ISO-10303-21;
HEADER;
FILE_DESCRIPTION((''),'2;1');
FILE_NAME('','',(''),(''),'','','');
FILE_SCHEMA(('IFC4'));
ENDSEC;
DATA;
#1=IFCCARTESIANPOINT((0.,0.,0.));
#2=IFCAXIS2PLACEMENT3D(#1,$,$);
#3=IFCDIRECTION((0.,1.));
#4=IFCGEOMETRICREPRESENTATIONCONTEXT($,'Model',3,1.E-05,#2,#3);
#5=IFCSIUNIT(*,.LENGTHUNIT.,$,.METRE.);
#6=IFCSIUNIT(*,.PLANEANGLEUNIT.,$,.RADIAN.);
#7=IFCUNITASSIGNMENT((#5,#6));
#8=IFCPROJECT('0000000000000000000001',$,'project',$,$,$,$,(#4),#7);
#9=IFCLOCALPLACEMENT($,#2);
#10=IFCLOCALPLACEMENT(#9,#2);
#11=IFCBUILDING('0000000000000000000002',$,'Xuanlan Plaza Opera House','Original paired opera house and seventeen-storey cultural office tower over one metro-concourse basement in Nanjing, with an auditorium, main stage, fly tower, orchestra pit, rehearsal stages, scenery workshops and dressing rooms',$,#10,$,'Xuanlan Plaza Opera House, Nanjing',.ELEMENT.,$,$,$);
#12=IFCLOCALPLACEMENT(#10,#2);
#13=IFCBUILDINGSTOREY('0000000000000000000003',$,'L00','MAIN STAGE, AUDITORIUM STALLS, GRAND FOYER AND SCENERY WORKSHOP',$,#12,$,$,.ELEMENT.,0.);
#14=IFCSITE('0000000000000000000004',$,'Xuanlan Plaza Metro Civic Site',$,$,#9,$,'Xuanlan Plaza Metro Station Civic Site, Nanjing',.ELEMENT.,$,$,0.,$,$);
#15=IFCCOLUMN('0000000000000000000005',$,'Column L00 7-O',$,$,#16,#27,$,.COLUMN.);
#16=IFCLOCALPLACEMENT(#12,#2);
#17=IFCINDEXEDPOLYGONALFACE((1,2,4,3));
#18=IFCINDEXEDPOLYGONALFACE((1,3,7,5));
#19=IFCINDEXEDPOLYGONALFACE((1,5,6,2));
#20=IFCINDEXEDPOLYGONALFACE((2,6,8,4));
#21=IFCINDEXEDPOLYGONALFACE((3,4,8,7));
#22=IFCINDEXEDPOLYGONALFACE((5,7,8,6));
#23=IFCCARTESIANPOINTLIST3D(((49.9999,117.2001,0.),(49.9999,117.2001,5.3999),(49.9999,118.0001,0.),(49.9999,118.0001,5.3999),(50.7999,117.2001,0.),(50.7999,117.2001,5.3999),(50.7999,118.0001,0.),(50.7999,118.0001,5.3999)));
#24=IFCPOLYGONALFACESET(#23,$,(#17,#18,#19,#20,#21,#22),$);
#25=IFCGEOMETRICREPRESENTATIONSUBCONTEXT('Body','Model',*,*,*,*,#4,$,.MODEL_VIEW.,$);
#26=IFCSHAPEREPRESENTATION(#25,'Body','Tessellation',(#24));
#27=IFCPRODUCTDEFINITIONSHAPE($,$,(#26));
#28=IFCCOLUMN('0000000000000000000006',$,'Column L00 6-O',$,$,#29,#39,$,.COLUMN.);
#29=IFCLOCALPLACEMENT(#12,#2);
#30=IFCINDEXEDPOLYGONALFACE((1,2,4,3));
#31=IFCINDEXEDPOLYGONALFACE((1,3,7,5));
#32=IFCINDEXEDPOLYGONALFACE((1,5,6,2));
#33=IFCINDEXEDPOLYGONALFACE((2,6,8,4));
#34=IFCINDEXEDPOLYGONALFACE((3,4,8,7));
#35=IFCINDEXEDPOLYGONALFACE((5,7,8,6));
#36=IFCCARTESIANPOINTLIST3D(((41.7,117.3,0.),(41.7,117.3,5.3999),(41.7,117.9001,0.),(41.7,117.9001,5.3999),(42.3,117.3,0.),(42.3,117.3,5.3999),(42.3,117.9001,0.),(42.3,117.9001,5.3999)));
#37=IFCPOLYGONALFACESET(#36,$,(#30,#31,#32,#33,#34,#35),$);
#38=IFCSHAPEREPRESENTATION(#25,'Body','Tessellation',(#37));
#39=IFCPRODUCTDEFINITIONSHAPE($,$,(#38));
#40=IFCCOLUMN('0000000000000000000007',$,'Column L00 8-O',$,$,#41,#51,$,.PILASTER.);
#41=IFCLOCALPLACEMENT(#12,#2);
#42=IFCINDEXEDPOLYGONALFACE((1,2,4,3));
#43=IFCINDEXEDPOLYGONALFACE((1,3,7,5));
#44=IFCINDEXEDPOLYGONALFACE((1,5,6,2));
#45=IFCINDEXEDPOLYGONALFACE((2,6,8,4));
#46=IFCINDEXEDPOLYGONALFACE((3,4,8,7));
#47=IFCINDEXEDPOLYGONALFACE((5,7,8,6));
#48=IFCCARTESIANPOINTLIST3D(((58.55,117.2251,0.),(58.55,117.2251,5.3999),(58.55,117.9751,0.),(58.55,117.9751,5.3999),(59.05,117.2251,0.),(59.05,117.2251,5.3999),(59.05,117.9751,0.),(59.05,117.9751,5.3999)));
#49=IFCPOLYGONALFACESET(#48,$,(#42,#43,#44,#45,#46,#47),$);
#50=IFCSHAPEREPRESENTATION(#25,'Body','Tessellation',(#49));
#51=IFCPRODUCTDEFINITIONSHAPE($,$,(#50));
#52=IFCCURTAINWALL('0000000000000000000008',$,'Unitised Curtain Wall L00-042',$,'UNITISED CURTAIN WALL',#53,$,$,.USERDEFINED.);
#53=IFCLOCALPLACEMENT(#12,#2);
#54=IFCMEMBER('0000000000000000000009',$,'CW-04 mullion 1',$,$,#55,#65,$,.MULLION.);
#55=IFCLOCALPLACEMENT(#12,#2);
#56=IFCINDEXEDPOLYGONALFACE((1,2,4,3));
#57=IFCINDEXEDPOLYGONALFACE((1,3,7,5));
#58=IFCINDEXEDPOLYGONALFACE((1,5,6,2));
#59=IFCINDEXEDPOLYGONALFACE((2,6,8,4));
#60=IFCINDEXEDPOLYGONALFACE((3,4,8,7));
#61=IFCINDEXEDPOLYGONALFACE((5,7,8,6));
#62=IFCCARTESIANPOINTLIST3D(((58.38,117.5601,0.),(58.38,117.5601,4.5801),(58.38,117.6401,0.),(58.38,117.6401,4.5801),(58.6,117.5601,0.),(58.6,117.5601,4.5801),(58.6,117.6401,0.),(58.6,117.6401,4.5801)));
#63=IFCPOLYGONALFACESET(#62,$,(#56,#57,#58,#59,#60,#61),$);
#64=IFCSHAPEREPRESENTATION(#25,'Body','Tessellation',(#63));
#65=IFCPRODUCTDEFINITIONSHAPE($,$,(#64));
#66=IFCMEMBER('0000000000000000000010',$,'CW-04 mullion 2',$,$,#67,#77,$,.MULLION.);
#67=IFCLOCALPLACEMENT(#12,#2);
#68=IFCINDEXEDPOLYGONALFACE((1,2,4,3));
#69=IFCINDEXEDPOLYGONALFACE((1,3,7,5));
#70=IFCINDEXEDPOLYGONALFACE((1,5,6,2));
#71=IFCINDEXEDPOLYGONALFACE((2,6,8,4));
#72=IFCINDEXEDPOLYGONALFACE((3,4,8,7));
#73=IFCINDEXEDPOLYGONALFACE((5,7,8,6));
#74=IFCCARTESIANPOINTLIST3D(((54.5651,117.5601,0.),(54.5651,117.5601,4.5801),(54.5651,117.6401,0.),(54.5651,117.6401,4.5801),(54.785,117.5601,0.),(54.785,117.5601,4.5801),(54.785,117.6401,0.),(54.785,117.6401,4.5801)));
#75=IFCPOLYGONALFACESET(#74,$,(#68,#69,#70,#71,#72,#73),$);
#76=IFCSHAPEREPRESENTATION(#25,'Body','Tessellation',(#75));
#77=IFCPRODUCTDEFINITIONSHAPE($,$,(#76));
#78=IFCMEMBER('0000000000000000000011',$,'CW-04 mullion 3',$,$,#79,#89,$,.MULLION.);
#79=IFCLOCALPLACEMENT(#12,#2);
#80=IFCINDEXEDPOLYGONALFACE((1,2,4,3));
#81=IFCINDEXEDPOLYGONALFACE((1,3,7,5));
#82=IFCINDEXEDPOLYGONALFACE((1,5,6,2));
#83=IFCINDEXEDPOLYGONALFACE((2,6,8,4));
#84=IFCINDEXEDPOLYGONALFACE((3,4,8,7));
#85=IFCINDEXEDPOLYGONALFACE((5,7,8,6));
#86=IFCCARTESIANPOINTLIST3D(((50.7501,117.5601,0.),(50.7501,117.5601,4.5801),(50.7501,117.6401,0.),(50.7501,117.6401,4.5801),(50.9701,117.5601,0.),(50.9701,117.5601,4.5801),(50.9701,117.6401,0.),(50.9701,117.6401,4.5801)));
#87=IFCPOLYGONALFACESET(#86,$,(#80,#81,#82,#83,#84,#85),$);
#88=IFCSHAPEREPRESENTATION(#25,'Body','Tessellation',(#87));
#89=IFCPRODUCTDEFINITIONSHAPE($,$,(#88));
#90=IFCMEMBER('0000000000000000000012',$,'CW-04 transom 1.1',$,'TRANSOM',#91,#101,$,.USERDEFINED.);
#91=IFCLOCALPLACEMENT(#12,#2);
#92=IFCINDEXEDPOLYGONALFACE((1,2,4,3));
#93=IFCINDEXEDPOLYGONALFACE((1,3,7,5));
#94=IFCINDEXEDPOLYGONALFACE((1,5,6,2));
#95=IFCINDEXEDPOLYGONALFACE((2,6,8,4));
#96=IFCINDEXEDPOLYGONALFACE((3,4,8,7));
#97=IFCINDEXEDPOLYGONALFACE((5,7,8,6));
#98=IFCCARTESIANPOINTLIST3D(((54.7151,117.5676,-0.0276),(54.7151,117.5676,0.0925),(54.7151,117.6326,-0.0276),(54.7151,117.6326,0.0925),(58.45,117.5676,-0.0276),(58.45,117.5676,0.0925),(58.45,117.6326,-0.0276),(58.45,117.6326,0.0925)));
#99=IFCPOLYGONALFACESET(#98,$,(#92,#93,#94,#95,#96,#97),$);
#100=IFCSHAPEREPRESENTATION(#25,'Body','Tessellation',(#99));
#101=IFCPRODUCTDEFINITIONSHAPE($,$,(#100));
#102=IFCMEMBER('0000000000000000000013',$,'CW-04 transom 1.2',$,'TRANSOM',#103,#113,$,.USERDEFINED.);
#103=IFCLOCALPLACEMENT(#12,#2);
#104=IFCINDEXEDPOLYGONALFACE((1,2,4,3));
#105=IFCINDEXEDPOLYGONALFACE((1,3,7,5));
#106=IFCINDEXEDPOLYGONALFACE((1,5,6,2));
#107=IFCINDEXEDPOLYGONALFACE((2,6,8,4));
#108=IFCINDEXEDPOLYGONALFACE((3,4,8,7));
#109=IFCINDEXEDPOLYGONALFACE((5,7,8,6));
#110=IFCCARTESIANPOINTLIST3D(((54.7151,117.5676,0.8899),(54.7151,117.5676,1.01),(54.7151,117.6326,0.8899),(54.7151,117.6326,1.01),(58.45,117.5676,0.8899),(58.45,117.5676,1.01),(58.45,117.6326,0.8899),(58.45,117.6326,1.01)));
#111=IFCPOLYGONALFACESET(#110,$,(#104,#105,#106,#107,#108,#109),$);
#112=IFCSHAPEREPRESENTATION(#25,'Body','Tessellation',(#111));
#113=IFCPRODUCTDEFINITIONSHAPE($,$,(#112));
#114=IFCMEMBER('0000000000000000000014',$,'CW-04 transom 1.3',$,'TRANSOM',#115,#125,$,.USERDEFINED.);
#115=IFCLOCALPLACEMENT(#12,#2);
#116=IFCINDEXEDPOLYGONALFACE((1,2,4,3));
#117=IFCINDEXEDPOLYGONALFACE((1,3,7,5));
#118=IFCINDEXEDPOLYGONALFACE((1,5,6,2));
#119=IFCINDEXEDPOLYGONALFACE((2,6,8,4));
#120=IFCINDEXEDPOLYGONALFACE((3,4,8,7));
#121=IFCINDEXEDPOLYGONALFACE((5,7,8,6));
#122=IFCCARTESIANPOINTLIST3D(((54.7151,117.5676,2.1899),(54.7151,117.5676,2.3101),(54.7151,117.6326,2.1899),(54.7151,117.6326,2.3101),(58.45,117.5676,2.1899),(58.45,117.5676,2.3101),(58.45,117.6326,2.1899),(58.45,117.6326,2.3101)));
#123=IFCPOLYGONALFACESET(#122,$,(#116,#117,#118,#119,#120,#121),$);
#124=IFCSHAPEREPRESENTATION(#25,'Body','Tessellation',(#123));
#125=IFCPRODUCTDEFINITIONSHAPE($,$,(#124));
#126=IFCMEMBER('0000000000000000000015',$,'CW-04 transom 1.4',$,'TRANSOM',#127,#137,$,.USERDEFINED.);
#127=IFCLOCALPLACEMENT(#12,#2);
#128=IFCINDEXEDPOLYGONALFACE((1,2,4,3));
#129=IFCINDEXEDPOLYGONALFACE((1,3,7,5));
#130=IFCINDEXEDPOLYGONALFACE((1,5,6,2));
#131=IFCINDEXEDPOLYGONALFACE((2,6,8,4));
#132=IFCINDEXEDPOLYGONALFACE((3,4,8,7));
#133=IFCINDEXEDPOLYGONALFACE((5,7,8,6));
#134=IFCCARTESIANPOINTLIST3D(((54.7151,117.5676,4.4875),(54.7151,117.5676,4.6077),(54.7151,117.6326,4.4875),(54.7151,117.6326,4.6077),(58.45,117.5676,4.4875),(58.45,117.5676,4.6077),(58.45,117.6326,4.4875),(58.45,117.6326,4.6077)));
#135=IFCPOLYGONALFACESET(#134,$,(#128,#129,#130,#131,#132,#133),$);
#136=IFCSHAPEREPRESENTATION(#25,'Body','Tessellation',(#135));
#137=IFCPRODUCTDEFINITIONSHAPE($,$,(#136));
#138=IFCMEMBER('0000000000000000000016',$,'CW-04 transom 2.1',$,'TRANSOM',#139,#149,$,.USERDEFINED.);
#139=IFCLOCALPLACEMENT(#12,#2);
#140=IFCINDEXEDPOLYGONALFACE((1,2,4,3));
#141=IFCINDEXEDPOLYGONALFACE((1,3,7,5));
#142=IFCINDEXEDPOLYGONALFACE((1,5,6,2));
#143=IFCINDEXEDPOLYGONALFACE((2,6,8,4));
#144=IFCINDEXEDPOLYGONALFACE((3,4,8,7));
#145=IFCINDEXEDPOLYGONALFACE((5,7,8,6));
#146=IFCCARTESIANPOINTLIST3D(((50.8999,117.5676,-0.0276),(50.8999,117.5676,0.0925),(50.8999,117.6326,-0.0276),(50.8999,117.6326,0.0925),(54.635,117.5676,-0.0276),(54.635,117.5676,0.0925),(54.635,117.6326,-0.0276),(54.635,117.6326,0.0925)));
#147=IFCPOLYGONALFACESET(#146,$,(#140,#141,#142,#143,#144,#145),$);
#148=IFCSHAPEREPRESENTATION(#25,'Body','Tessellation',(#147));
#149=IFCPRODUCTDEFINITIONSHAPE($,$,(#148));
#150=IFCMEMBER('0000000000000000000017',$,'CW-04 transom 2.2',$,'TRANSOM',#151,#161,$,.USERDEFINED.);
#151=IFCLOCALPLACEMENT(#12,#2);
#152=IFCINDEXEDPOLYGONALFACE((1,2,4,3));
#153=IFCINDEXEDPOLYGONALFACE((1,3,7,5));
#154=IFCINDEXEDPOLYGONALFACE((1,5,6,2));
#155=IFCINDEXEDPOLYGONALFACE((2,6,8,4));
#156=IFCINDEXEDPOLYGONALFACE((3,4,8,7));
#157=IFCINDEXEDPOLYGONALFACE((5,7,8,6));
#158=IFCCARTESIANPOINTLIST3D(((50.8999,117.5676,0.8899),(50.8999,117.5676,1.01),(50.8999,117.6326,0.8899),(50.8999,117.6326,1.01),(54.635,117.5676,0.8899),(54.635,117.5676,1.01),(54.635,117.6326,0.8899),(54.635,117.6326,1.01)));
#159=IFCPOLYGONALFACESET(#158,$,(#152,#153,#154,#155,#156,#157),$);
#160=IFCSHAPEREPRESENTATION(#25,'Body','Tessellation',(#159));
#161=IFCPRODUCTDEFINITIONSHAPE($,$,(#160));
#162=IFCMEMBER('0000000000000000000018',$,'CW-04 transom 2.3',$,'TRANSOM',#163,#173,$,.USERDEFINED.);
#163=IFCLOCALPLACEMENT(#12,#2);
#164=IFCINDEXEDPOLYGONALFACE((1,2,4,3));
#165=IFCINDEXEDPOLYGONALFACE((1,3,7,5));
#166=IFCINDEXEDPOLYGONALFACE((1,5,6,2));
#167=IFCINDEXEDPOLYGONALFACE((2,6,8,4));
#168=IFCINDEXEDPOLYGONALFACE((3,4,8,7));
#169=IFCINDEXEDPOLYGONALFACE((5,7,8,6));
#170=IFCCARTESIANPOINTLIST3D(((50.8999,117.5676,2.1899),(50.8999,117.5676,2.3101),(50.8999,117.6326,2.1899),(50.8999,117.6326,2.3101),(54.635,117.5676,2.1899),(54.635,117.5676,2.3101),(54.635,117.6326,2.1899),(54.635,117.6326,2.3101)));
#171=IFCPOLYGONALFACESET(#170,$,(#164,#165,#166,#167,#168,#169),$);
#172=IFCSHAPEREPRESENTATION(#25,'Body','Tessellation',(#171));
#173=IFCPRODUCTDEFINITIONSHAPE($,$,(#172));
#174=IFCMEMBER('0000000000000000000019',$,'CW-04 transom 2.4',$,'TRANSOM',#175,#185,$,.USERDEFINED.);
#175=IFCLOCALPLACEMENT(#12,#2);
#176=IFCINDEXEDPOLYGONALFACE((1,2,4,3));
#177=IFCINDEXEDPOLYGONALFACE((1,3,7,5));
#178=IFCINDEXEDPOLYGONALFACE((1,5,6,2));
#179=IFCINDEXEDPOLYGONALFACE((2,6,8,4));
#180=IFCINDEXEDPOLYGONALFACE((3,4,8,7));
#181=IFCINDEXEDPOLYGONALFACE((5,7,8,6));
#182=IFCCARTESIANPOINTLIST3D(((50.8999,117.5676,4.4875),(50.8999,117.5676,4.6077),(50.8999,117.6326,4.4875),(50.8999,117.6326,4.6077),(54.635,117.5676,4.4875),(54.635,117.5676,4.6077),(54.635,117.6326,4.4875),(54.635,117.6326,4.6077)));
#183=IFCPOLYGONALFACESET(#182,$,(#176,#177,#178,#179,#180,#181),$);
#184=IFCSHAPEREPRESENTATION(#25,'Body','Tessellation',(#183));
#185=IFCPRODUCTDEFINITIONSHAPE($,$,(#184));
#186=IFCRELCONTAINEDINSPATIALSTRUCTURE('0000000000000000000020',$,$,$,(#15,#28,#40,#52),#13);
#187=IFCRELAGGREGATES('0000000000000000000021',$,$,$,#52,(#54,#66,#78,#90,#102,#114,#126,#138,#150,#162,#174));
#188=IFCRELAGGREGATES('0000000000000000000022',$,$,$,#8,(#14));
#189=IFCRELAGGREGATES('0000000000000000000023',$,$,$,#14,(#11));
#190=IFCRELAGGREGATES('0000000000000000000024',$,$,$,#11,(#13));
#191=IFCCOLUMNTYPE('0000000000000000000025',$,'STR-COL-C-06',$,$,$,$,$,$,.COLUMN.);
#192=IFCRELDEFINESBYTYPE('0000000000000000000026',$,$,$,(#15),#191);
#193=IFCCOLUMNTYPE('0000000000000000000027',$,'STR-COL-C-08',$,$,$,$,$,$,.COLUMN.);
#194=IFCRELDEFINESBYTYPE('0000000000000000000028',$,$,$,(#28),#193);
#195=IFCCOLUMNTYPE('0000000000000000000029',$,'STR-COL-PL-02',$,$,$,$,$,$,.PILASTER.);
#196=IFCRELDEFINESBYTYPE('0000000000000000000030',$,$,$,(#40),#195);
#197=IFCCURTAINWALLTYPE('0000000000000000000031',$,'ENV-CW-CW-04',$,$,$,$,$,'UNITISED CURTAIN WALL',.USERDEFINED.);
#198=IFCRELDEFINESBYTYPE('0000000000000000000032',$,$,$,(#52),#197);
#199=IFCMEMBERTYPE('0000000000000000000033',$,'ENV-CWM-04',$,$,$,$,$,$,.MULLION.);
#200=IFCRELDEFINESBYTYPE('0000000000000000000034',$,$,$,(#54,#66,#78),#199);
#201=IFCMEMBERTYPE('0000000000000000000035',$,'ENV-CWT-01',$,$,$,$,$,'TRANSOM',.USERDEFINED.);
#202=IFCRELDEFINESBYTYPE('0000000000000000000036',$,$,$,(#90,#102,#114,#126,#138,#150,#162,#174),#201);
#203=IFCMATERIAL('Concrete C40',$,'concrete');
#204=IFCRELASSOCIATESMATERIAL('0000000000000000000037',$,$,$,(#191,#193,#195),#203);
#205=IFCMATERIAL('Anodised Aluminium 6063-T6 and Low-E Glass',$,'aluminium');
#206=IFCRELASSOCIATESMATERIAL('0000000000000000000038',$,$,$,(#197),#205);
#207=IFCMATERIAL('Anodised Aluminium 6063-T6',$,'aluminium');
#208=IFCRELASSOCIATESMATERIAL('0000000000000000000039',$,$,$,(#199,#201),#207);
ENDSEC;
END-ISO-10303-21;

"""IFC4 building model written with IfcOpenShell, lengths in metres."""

from ifc_helpers import new_model, si_unit, direction, frame, origin, origin_2d, place, context, subcontext, project, spatial, rectangle, extrude, material, material_profile, profile_set, type_object, element, aggregate, save


model = new_model("IFC4")

# Units and contexts
model_context = context("Model", 3, precision=1e-05, world=origin(), true_north=direction((0.0, 1.0)))
body_context = subcontext(model_context, "Body", "Model", "MODEL_VIEW")
ifc_project = project(units=[si_unit("LENGTHUNIT", "METRE"), si_unit("PLANEANGLEUNIT", "RADIAN")], contexts=[model_context])

# Site, building, storey
site_placement = place(None, origin())
site = spatial("IfcSite", under=ifc_project, at=site_placement, Name="Xuanlan Plaza Metro Civic Site", LongName="Xuanlan Plaza Metro Station Civic Site, Nanjing", CompositionType="ELEMENT", RefElevation=0.0)
building_placement = place(site_placement, origin())
building = spatial("IfcBuilding", under=site, at=building_placement, Name="Xuanlan Plaza Opera House", Description="Original paired opera house and seventeen-storey cultural office tower over one metro-concourse basement in Nanjing, with an auditorium, main stage, fly tower, orchestra pit, rehearsal stages, scenery workshops and dressing rooms", LongName="Xuanlan Plaza Opera House, Nanjing", CompositionType="ELEMENT")
storey_placement = place(building_placement, origin())
storey = spatial("IfcBuildingStorey", under=building, at=storey_placement, Name="L00", Description="MAIN STAGE, AUDITORIUM STALLS, GRAND FOYER AND SCENERY WORKSHOP", CompositionType="ELEMENT", Elevation=0.0)

# Columns
ifc_material_1 = material(Name="Concrete C40", Category="concrete")
ifc_material_profile_1 = material_profile(ifc_material_1, rectangle(XDim=0.8, YDim=0.8, at=origin_2d()), Name="RC-COL 800x800")
ifc_profile_set_1 = profile_set([ifc_material_profile_1], Name="Concrete C40")
column_type_1 = type_object("IfcColumnType", Name="STR-COL-C-06", PredefinedType="COLUMN", material=ifc_profile_set_1)
column_1_placement = place(storey_placement, frame((50.3999, 117.6001, 0.0), z_axis=(0.0, 0.0, 1.0), x_axis=(1.0, 0.0, 0.0)))
element("IfcColumn", 1, at=column_1_placement, inside=storey, type_object=column_type_1, Name="Column L00 7-O", PredefinedType="COLUMN", context=body_context, shape_type="SweptSolid", body=[
    extrude(rectangle(XDim=0.8, YDim=0.8, at=origin_2d()), origin(), (0.0, 0.0, 1.0), 5.3999),
])
ifc_material_profile_2 = material_profile(ifc_material_1, rectangle(XDim=0.6001, YDim=0.6001, at=origin_2d()), Name="RC-COL 600x600")
ifc_profile_set_2 = profile_set([ifc_material_profile_2], Name="Concrete C40")
column_type_2 = type_object("IfcColumnType", Name="STR-COL-C-08", PredefinedType="COLUMN", material=ifc_profile_set_2)
column_2_placement = place(storey_placement, frame((42.0, 117.6001, 0.0), z_axis=(0.0, 0.0, 1.0), x_axis=(1.0, 0.0, 0.0)))
element("IfcColumn", 2, at=column_2_placement, inside=storey, type_object=column_type_2, Name="Column L00 6-O", PredefinedType="COLUMN", context=body_context, shape_type="SweptSolid", body=[
    extrude(rectangle(XDim=0.6001, YDim=0.6001, at=origin_2d()), origin(), (0.0, 0.0, 1.0), 5.3999),
])
ifc_material_profile_3 = material_profile(ifc_material_1, rectangle(XDim=0.5, YDim=0.75, at=origin_2d()), Name="RC-PIL 500x750")
ifc_profile_set_3 = profile_set([ifc_material_profile_3], Name="Concrete C40")
column_type_3 = type_object("IfcColumnType", Name="STR-COL-PL-02", PredefinedType="PILASTER", material=ifc_profile_set_3)
column_3_placement = place(storey_placement, frame((58.8, 117.6001, 0.0), z_axis=(0.0, 0.0, 1.0), x_axis=(1.0, 0.0, 0.0)))
element("IfcColumn", 3, at=column_3_placement, inside=storey, type_object=column_type_3, Name="Column L00 8-O", PredefinedType="PILASTER", context=body_context, shape_type="SweptSolid", body=[
    extrude(rectangle(XDim=0.5, YDim=0.75, at=origin_2d()), origin(), (0.0, 0.0, 1.0), 5.3999),
])

# Curtain wall, members
ifc_material_2 = material(Name="Anodised Aluminium 6063-T6 and Low-E Glass", Category="aluminium")
curtain_wall_type = type_object("IfcCurtainWallType", Name="ENV-CW-CW-04", ElementType="UNITISED CURTAIN WALL", PredefinedType="USERDEFINED", material=ifc_material_2)
curtain_wall_placement = place(storey_placement, origin())
curtain_wall = element("IfcCurtainWall", 4, at=curtain_wall_placement, inside=storey, type_object=curtain_wall_type, Name="Unitised Curtain Wall L00-042", ObjectType="UNITISED CURTAIN WALL", PredefinedType="USERDEFINED")
ifc_material_3 = material(Name="Anodised Aluminium 6063-T6", Category="aluminium")
ifc_material_profile_4 = material_profile(ifc_material_3, rectangle(XDim=0.0801, YDim=0.22, at=origin_2d()), Name="ALU-M 80x220")
ifc_profile_set_4 = profile_set([ifc_material_profile_4], Name="Anodised Aluminium 6063-T6")
member_type_1 = type_object("IfcMemberType", Name="ENV-CWM-04", PredefinedType="MULLION", material=ifc_profile_set_4)
member_1_placement = place(storey_placement, frame((58.49, 117.6001, 0.0), z_axis=(0.0, 0.0, 1.0), x_axis=(0.0, -1.0, 0.0)))
member_1 = element("IfcMember", 5, at=member_1_placement, type_object=member_type_1, Name="CW-04 mullion 1", PredefinedType="MULLION", context=body_context, shape_type="SweptSolid", body=[
    extrude(rectangle(XDim=0.0801, YDim=0.22, at=origin_2d()), origin(), (0.0, 0.0, 1.0), 4.5801),
])
member_2_placement = place(storey_placement, frame((54.675, 117.6001, 0.0), z_axis=(0.0, 0.0, 1.0), x_axis=(0.0, -1.0, 0.0)))
member_2 = element("IfcMember", 6, at=member_2_placement, type_object=member_type_1, Name="CW-04 mullion 2", PredefinedType="MULLION", context=body_context, shape_type="SweptSolid", body=[
    extrude(rectangle(XDim=0.0801, YDim=0.22, at=origin_2d()), origin(), (0.0, 0.0, 1.0), 4.5801),
])
member_3_placement = place(storey_placement, frame((50.8601, 117.6001, 0.0), z_axis=(0.0, 0.0, 1.0), x_axis=(0.0, -1.0, 0.0)))
member_3 = element("IfcMember", 7, at=member_3_placement, type_object=member_type_1, Name="CW-04 mullion 3", PredefinedType="MULLION", context=body_context, shape_type="SweptSolid", body=[
    extrude(rectangle(XDim=0.0801, YDim=0.22, at=origin_2d()), origin(), (0.0, 0.0, 1.0), 4.5801),
])
ifc_material_profile_5 = material_profile(ifc_material_3, rectangle(XDim=0.0649, YDim=0.1201, at=origin_2d()), Name="ALU-T 65x120")
ifc_profile_set_5 = profile_set([ifc_material_profile_5], Name="Anodised Aluminium 6063-T6")
member_type_2 = type_object("IfcMemberType", Name="ENV-CWT-01", ElementType="TRANSOM", PredefinedType="USERDEFINED", material=ifc_profile_set_5)
member_4_placement = place(storey_placement, frame((58.45, 117.6001, 0.0325), z_axis=(-1.0, 0.0, 0.0), x_axis=(0.0, -1.0, 0.0)))
member_4 = element("IfcMember", 8, at=member_4_placement, type_object=member_type_2, Name="CW-04 transom 1.1", ObjectType="TRANSOM", PredefinedType="USERDEFINED", context=body_context, shape_type="SweptSolid", body=[
    extrude(rectangle(XDim=0.0649, YDim=0.1201, at=origin_2d()), origin(), (0.0, 0.0, 1.0), 3.7349),
])
member_5_placement = place(storey_placement, frame((58.45, 117.6001, 0.95), z_axis=(-1.0, 0.0, 0.0), x_axis=(0.0, -1.0, 0.0)))
member_5 = element("IfcMember", 9, at=member_5_placement, type_object=member_type_2, Name="CW-04 transom 1.2", ObjectType="TRANSOM", PredefinedType="USERDEFINED", context=body_context, shape_type="SweptSolid", body=[
    extrude(rectangle(XDim=0.0649, YDim=0.1201, at=origin_2d()), origin(), (0.0, 0.0, 1.0), 3.7349),
])
member_6_placement = place(storey_placement, frame((58.45, 117.6001, 2.25), z_axis=(-1.0, 0.0, 0.0), x_axis=(0.0, -1.0, 0.0)))
member_6 = element("IfcMember", 10, at=member_6_placement, type_object=member_type_2, Name="CW-04 transom 1.3", ObjectType="TRANSOM", PredefinedType="USERDEFINED", context=body_context, shape_type="SweptSolid", body=[
    extrude(rectangle(XDim=0.0649, YDim=0.1201, at=origin_2d()), origin(), (0.0, 0.0, 1.0), 3.7349),
])
member_7_placement = place(storey_placement, frame((58.45, 117.6001, 4.5476), z_axis=(-1.0, 0.0, 0.0), x_axis=(0.0, -1.0, 0.0)))
member_7 = element("IfcMember", 11, at=member_7_placement, type_object=member_type_2, Name="CW-04 transom 1.4", ObjectType="TRANSOM", PredefinedType="USERDEFINED", context=body_context, shape_type="SweptSolid", body=[
    extrude(rectangle(XDim=0.0649, YDim=0.1201, at=origin_2d()), origin(), (0.0, 0.0, 1.0), 3.7349),
])
member_8_placement = place(storey_placement, frame((54.635, 117.6001, 0.0325), z_axis=(-1.0, 0.0, 0.0), x_axis=(0.0, -1.0, 0.0)))
member_8 = element("IfcMember", 12, at=member_8_placement, type_object=member_type_2, Name="CW-04 transom 2.1", ObjectType="TRANSOM", PredefinedType="USERDEFINED", context=body_context, shape_type="SweptSolid", body=[
    extrude(rectangle(XDim=0.0649, YDim=0.1201, at=origin_2d()), origin(), (0.0, 0.0, 1.0), 3.7351),
])
member_9_placement = place(storey_placement, frame((54.635, 117.6001, 0.95), z_axis=(-1.0, 0.0, 0.0), x_axis=(0.0, -1.0, 0.0)))
member_9 = element("IfcMember", 13, at=member_9_placement, type_object=member_type_2, Name="CW-04 transom 2.2", ObjectType="TRANSOM", PredefinedType="USERDEFINED", context=body_context, shape_type="SweptSolid", body=[
    extrude(rectangle(XDim=0.0649, YDim=0.1201, at=origin_2d()), origin(), (0.0, 0.0, 1.0), 3.7351),
])
member_10_placement = place(storey_placement, frame((54.635, 117.6001, 2.25), z_axis=(-1.0, 0.0, 0.0), x_axis=(0.0, -1.0, 0.0)))
member_10 = element("IfcMember", 14, at=member_10_placement, type_object=member_type_2, Name="CW-04 transom 2.3", ObjectType="TRANSOM", PredefinedType="USERDEFINED", context=body_context, shape_type="SweptSolid", body=[
    extrude(rectangle(XDim=0.0649, YDim=0.1201, at=origin_2d()), origin(), (0.0, 0.0, 1.0), 3.7351),
])
member_11_placement = place(storey_placement, frame((54.635, 117.6001, 4.5476), z_axis=(-1.0, 0.0, 0.0), x_axis=(0.0, -1.0, 0.0)))
member_11 = element("IfcMember", 15, at=member_11_placement, type_object=member_type_2, Name="CW-04 transom 2.4", ObjectType="TRANSOM", PredefinedType="USERDEFINED", context=body_context, shape_type="SweptSolid", body=[
    extrude(rectangle(XDim=0.0649, YDim=0.1201, at=origin_2d()), origin(), (0.0, 0.0, 1.0), 3.7351),
])

aggregate(curtain_wall, [member_1, member_2, member_3, member_4, member_5, member_6, member_7, member_8, member_9, member_10, member_11])

save(model, "model.ifc")
